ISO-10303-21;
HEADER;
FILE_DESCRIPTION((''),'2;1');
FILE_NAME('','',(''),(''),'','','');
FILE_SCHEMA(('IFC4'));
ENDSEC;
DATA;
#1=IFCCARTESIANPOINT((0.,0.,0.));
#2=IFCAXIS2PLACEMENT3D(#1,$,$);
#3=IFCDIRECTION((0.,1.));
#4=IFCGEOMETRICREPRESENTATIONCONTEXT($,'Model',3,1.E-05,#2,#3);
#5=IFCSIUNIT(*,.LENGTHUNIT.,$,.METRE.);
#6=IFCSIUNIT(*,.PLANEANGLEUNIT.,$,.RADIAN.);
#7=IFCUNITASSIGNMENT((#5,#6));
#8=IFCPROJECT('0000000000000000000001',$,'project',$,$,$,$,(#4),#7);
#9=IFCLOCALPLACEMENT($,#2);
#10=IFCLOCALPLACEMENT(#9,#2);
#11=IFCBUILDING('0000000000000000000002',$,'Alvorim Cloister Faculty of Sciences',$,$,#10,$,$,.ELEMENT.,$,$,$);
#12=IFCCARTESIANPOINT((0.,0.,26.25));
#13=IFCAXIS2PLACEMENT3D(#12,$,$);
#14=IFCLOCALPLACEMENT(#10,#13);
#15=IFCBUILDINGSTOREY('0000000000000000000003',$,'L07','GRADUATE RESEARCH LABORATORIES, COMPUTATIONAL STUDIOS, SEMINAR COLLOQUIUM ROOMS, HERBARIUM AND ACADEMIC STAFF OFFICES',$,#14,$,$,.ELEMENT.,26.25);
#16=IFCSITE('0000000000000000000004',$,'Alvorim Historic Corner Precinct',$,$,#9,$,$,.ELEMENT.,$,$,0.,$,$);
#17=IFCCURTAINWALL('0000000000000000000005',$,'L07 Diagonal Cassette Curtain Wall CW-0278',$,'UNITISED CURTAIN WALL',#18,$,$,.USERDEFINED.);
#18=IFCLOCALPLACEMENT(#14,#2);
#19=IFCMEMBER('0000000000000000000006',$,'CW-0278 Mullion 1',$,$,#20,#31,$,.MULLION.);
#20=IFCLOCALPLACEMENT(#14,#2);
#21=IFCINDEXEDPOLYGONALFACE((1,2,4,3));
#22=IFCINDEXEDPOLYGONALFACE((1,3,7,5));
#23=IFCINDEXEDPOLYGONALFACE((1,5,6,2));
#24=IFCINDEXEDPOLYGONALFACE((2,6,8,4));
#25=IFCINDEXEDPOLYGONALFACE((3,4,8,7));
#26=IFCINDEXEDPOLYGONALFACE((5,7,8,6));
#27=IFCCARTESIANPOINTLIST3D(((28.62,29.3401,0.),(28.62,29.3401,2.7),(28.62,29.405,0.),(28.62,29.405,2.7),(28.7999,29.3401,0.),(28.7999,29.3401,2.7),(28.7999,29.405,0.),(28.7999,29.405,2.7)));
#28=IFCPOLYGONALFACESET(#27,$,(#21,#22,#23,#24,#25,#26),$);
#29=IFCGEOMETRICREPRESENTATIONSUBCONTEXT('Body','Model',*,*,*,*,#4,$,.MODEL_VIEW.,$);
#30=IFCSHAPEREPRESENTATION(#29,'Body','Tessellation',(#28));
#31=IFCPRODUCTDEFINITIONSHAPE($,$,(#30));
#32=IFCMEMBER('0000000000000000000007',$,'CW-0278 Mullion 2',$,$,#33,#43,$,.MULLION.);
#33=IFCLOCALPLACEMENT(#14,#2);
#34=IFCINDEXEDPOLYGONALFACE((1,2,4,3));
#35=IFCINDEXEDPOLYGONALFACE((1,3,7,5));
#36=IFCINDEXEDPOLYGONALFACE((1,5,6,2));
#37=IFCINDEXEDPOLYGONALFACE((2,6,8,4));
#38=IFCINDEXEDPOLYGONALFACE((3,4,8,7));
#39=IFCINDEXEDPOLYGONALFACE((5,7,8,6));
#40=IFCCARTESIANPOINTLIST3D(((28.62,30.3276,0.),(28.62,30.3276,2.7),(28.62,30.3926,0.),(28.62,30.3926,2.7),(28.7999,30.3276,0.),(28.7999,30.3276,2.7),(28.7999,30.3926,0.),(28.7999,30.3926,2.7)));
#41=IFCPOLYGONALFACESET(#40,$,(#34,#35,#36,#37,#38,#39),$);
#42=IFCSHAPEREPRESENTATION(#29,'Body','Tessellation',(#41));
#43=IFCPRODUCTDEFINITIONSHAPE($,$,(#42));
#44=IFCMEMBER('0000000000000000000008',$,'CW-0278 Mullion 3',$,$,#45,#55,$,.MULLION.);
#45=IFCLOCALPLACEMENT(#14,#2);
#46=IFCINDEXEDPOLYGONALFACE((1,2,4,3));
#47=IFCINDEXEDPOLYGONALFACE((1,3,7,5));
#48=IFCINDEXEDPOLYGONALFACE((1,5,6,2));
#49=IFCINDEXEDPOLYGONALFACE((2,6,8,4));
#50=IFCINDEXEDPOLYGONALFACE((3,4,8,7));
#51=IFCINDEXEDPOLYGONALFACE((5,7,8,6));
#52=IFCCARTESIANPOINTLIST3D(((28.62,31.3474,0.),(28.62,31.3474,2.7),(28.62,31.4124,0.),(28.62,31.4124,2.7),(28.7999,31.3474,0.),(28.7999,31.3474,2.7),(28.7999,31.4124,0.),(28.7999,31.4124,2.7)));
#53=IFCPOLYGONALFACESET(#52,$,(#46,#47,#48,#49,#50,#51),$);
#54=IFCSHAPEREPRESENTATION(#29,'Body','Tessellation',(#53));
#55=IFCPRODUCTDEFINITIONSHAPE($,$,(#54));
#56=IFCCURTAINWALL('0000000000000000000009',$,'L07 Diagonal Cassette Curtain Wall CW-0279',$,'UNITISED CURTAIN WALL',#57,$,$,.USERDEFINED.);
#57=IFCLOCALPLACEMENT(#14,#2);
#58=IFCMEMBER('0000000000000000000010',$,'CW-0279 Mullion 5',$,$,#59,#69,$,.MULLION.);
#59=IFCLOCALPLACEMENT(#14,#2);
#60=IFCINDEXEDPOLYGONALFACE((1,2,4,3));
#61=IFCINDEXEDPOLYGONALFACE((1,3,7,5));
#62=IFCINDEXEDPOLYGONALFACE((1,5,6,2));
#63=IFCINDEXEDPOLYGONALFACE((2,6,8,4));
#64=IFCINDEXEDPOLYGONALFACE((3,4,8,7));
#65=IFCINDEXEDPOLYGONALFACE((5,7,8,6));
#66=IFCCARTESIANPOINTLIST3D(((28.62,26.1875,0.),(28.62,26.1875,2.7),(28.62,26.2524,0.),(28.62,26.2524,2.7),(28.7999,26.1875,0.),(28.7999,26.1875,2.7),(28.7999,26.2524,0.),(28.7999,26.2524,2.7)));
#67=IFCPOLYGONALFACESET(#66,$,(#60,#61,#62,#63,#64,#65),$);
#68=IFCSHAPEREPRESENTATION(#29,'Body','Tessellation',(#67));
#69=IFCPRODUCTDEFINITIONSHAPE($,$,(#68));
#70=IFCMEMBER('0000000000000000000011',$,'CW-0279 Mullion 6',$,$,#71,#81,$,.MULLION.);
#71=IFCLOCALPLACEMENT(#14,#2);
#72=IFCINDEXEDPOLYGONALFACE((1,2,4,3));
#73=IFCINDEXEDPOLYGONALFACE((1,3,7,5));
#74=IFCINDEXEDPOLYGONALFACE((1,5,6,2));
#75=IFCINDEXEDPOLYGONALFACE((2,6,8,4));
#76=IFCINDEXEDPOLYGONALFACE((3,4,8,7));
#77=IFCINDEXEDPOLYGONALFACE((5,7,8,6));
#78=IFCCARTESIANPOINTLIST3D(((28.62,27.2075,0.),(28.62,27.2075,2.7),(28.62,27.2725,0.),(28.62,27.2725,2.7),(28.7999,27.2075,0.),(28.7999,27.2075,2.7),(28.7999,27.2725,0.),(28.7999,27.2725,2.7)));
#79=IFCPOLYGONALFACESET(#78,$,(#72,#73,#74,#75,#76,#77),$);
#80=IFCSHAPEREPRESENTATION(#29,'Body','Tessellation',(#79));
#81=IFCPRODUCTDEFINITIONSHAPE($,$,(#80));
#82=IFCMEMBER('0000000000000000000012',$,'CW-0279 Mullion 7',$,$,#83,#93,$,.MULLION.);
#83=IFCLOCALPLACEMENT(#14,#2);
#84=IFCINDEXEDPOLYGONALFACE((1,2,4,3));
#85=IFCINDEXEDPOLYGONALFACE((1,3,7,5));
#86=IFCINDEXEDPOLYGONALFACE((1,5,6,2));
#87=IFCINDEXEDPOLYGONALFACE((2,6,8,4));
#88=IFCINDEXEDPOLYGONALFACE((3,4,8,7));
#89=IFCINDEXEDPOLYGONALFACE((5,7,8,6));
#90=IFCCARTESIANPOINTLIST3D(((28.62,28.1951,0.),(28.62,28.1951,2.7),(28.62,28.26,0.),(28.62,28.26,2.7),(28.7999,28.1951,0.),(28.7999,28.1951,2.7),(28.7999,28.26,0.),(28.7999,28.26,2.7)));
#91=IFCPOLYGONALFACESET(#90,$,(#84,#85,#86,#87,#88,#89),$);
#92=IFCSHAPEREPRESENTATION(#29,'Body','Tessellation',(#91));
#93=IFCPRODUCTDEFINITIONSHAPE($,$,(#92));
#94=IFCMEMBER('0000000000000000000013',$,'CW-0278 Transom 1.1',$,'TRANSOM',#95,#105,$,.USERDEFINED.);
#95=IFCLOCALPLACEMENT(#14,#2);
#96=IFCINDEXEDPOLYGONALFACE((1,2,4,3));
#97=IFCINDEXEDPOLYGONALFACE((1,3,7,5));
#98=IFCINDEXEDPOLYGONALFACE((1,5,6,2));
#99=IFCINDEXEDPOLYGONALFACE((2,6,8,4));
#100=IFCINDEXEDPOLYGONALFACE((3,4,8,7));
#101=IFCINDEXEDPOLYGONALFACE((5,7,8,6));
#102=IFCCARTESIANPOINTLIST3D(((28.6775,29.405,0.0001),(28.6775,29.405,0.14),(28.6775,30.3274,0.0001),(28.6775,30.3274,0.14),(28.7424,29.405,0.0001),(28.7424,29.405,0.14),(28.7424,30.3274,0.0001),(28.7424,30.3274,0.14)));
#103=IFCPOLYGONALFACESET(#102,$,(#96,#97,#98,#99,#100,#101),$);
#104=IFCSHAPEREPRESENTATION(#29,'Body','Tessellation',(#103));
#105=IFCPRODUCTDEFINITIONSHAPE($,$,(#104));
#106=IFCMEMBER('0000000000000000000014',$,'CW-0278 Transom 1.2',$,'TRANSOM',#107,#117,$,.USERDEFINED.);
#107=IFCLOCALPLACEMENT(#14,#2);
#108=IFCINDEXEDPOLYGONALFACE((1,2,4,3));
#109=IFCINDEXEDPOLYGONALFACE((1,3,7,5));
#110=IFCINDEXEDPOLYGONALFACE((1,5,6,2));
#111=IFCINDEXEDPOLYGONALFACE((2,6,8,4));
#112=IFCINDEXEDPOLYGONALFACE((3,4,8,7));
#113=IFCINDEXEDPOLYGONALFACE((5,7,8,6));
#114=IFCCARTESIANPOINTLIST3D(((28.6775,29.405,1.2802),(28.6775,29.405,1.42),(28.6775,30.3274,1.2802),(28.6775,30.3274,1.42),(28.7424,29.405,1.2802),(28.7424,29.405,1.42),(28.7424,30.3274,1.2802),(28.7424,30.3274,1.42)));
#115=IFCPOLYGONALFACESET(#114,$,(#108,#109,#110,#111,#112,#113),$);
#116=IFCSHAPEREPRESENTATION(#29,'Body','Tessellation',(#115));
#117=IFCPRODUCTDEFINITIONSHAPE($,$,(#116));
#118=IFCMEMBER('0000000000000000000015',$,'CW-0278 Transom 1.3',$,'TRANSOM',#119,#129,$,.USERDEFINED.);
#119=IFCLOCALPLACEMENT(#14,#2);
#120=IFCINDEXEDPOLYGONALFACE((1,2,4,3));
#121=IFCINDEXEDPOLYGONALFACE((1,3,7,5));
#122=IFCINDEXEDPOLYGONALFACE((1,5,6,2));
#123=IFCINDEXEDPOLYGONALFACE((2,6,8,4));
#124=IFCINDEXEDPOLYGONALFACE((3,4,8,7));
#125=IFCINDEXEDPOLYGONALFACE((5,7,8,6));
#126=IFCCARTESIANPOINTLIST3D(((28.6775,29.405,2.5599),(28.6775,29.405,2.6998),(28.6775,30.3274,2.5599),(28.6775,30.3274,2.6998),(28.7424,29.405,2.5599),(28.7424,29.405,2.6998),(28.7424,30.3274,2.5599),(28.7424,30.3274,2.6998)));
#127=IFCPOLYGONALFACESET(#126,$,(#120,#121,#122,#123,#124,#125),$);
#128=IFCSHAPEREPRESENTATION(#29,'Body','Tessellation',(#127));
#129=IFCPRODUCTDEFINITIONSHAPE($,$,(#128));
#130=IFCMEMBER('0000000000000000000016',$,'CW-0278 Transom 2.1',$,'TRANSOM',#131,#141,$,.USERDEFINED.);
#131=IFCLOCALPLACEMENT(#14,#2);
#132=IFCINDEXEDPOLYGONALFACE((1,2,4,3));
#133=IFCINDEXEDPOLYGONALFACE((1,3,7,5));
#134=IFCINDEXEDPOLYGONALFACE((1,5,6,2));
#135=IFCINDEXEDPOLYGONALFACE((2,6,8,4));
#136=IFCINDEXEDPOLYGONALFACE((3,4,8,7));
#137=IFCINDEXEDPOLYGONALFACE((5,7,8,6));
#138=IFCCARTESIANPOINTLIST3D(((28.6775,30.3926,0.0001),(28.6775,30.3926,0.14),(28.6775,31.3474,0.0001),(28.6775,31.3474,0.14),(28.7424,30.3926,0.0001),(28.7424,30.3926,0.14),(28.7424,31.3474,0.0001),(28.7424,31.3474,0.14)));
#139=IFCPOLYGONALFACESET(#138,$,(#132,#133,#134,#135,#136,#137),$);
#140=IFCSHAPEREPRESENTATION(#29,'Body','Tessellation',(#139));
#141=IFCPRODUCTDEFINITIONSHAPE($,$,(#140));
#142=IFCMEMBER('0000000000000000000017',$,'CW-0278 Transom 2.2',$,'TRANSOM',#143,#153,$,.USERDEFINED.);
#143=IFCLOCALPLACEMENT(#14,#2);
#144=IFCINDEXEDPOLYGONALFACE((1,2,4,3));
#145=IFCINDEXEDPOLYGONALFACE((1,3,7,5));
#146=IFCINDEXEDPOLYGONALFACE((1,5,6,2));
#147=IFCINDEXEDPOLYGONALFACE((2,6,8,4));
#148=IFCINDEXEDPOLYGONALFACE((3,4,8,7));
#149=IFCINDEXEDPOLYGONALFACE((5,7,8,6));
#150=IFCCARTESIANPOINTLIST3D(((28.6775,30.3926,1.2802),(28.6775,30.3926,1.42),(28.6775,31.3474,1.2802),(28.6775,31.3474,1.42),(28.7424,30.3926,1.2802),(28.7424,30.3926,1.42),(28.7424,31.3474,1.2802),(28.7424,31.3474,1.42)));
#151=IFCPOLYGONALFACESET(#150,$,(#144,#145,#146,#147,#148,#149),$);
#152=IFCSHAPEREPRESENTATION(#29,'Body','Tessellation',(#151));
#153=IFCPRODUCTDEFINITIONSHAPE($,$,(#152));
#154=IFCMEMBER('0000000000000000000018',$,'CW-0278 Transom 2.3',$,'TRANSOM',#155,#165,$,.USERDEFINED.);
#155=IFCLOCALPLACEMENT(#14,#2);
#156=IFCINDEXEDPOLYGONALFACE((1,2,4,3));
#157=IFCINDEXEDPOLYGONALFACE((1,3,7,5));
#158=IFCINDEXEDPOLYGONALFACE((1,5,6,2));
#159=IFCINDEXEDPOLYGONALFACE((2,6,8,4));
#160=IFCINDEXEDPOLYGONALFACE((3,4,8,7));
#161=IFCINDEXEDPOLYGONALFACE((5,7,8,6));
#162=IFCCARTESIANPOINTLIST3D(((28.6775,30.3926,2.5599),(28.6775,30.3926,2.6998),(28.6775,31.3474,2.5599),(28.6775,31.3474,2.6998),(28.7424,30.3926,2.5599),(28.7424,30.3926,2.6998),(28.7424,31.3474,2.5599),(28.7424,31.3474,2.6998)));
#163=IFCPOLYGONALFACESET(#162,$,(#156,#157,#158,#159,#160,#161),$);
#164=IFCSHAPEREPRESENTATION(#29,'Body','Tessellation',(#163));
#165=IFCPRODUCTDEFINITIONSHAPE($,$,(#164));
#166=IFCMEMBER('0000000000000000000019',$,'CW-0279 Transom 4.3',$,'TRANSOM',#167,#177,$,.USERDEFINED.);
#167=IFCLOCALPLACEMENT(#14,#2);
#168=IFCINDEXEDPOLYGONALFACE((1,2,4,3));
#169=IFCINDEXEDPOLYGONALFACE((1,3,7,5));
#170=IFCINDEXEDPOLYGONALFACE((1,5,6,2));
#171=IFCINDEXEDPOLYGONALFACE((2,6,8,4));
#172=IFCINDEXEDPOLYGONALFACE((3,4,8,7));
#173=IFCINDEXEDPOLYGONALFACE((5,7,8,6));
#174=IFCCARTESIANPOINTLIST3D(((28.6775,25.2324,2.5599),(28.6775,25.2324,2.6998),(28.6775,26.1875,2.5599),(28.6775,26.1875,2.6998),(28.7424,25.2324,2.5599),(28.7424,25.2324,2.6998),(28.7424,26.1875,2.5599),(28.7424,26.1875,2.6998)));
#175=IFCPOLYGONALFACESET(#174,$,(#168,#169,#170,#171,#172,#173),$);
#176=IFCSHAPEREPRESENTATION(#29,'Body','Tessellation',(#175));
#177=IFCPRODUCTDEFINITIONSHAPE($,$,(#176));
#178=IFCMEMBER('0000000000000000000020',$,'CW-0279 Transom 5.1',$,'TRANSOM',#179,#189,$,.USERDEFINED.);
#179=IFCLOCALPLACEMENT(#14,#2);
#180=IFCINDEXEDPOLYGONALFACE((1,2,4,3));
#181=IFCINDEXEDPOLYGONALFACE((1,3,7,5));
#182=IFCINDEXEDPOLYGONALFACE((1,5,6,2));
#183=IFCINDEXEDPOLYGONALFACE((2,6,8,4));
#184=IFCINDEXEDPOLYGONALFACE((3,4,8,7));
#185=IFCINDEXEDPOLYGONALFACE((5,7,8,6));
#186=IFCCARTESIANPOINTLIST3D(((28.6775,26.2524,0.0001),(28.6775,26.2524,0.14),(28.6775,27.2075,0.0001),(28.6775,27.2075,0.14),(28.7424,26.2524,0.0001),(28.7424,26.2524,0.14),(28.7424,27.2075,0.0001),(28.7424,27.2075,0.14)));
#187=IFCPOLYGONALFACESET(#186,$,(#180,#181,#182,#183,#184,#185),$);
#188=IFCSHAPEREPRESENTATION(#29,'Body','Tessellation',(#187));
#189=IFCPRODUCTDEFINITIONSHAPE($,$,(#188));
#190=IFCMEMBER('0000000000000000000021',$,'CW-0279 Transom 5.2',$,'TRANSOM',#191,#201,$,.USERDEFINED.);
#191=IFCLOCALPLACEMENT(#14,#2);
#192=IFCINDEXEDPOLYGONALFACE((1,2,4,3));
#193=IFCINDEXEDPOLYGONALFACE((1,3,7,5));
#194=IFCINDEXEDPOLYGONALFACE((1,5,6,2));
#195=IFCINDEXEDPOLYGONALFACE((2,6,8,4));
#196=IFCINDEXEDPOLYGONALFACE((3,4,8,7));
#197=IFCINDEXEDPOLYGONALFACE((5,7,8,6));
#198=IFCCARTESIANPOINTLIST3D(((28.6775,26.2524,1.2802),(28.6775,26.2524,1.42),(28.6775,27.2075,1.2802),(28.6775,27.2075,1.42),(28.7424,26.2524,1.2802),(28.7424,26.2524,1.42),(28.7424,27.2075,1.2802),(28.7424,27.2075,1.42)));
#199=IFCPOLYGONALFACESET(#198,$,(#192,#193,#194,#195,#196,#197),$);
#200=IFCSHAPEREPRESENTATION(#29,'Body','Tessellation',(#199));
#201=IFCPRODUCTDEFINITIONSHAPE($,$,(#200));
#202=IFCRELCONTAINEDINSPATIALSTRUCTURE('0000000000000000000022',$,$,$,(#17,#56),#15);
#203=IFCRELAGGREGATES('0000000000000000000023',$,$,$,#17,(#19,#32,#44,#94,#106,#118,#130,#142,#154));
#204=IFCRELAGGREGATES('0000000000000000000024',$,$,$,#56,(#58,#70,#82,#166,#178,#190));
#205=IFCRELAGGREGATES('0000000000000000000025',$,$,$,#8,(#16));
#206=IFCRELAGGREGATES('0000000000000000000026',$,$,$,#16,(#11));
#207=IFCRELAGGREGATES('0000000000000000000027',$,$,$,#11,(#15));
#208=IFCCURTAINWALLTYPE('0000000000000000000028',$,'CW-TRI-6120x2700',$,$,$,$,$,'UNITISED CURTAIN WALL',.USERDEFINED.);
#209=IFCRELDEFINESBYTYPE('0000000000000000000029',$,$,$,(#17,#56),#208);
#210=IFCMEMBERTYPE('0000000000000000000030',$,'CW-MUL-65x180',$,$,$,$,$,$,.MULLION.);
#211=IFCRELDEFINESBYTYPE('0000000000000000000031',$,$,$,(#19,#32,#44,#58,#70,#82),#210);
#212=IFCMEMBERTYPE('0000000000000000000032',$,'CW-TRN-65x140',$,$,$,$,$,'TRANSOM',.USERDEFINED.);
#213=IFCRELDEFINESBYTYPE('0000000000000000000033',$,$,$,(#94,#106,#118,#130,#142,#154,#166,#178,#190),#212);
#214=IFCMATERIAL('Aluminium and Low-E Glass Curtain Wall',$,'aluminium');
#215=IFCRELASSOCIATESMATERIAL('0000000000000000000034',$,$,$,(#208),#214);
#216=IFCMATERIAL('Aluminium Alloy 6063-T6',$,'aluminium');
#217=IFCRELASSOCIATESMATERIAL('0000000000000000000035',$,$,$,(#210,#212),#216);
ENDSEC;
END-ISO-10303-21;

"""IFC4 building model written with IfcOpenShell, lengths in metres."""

from ifc_helpers import new_model, si_unit, direction, frame, origin, origin_2d, place, context, subcontext, project, spatial, rectangle, extrude, material, material_profile, profile_set, type_object, element, aggregate, save


model = new_model("IFC4")

# Units and contexts
model_context = context("Model", 3, precision=1e-05, world=origin(), true_north=direction((0.0, 1.0)))
body_context = subcontext(model_context, "Body", "Model", "MODEL_VIEW")
ifc_project = project(units=[si_unit("LENGTHUNIT", "METRE"), si_unit("PLANEANGLEUNIT", "RADIAN")], contexts=[model_context])

# Site, building, storey
site_placement = place(None, origin())
site = spatial("IfcSite", under=ifc_project, at=site_placement, Name="Alvorim Historic Corner Precinct", CompositionType="ELEMENT", RefElevation=0.0)
building_placement = place(site_placement, origin())
building = spatial("IfcBuilding", under=site, at=building_placement, Name="Alvorim Cloister Faculty of Sciences", CompositionType="ELEMENT")
storey_placement = place(building_placement, frame((0.0, 0.0, 26.25)))
storey = spatial("IfcBuildingStorey", under=building, at=storey_placement, Name="L07", Description="GRADUATE RESEARCH LABORATORIES, COMPUTATIONAL STUDIOS, SEMINAR COLLOQUIUM ROOMS, HERBARIUM AND ACADEMIC STAFF OFFICES", CompositionType="ELEMENT", Elevation=26.25)

# Curtain walls, members
ifc_material_1 = material(Name="Aluminium and Low-E Glass Curtain Wall", Category="aluminium")
curtain_wall_type = type_object("IfcCurtainWallType", Name="CW-TRI-6120x2700", ElementType="UNITISED CURTAIN WALL", PredefinedType="USERDEFINED", material=ifc_material_1)
curtain_wall_1_placement = place(storey_placement, origin())
curtain_wall_1 = element("IfcCurtainWall", 1, at=curtain_wall_1_placement, inside=storey, type_object=curtain_wall_type, Name="L07 Diagonal Cassette Curtain Wall CW-0278", ObjectType="UNITISED CURTAIN WALL", PredefinedType="USERDEFINED")
ifc_material_2 = material(Name="Aluminium Alloy 6063-T6", Category="aluminium")
ifc_material_profile_1 = material_profile(ifc_material_2, rectangle(XDim=0.0649, YDim=0.1799, at=origin_2d()), Name="ALU-MUL-65x180")
ifc_profile_set_1 = profile_set([ifc_material_profile_1], Name="Aluminium Alloy 6063-T6")
member_type_1 = type_object("IfcMemberType", Name="CW-MUL-65x180", PredefinedType="MULLION", material=ifc_profile_set_1)
member_1_placement = place(storey_placement, frame((28.71, 29.3726, 0.0), z_axis=(0.0, 0.0, 1.0), x_axis=(0.0, 1.0, 0.0)))
member_1 = element("IfcMember", 2, at=member_1_placement, type_object=member_type_1, Name="CW-0278 Mullion 1", PredefinedType="MULLION", context=body_context, shape_type="SweptSolid", body=[
    extrude(rectangle(XDim=0.0649, YDim=0.1799, at=origin_2d()), origin(), (0.0, 0.0, 1.0), 2.7),
])
member_2_placement = place(storey_placement, frame((28.71, 30.3601, 0.0), z_axis=(0.0, 0.0, 1.0), x_axis=(0.0, 1.0, 0.0)))
member_2 = element("IfcMember", 3, at=member_2_placement, type_object=member_type_1, Name="CW-0278 Mullion 2", PredefinedType="MULLION", context=body_context, shape_type="SweptSolid", body=[
    extrude(rectangle(XDim=0.0649, YDim=0.1799, at=origin_2d()), origin(), (0.0, 0.0, 1.0), 2.7),
])
member_3_placement = place(storey_placement, frame((28.71, 31.3799, 0.0), z_axis=(0.0, 0.0, 1.0), x_axis=(0.0, 1.0, 0.0)))
member_3 = element("IfcMember", 4, at=member_3_placement, type_object=member_type_1, Name="CW-0278 Mullion 3", PredefinedType="MULLION", context=body_context, shape_type="SweptSolid", body=[
    extrude(rectangle(XDim=0.0649, YDim=0.1799, at=origin_2d()), origin(), (0.0, 0.0, 1.0), 2.7),
])
curtain_wall_2_placement = place(storey_placement, origin())
curtain_wall_2 = element("IfcCurtainWall", 5, at=curtain_wall_2_placement, inside=storey, type_object=curtain_wall_type, Name="L07 Diagonal Cassette Curtain Wall CW-0279", ObjectType="UNITISED CURTAIN WALL", PredefinedType="USERDEFINED")
member_4_placement = place(storey_placement, frame((28.71, 26.22, 0.0), z_axis=(0.0, 0.0, 1.0), x_axis=(0.0, 1.0, 0.0)))
member_4 = element("IfcMember", 6, at=member_4_placement, type_object=member_type_1, Name="CW-0279 Mullion 5", PredefinedType="MULLION", context=body_context, shape_type="SweptSolid", body=[
    extrude(rectangle(XDim=0.0649, YDim=0.1799, at=origin_2d()), origin(), (0.0, 0.0, 1.0), 2.7),
])
member_5_placement = place(storey_placement, frame((28.71, 27.24, 0.0), z_axis=(0.0, 0.0, 1.0), x_axis=(0.0, 1.0, 0.0)))
member_5 = element("IfcMember", 7, at=member_5_placement, type_object=member_type_1, Name="CW-0279 Mullion 6", PredefinedType="MULLION", context=body_context, shape_type="SweptSolid", body=[
    extrude(rectangle(XDim=0.0649, YDim=0.1799, at=origin_2d()), origin(), (0.0, 0.0, 1.0), 2.7),
])
member_6_placement = place(storey_placement, frame((28.71, 28.2275, 0.0), z_axis=(0.0, 0.0, 1.0), x_axis=(0.0, 1.0, 0.0)))
member_6 = element("IfcMember", 8, at=member_6_placement, type_object=member_type_1, Name="CW-0279 Mullion 7", PredefinedType="MULLION", context=body_context, shape_type="SweptSolid", body=[
    extrude(rectangle(XDim=0.0649, YDim=0.1799, at=origin_2d()), origin(), (0.0, 0.0, 1.0), 2.7),
])

# Members
ifc_material_profile_2 = material_profile(ifc_material_2, rectangle(XDim=0.0649, YDim=0.1399, at=origin_2d()), Name="ALU-TRN-65x140")
ifc_profile_set_2 = profile_set([ifc_material_profile_2], Name="Aluminium Alloy 6063-T6")
member_type_2 = type_object("IfcMemberType", Name="CW-TRN-65x140", ElementType="TRANSOM", PredefinedType="USERDEFINED", material=ifc_profile_set_2)
member_7_placement = place(storey_placement, frame((28.71, 29.405, 0.0701), z_axis=(0.0, 1.0, 0.0), x_axis=(-1.0, 0.0, 0.0)))
member_7 = element("IfcMember", 9, at=member_7_placement, type_object=member_type_2, Name="CW-0278 Transom 1.1", ObjectType="TRANSOM", PredefinedType="USERDEFINED", context=body_context, shape_type="SweptSolid", body=[
    extrude(rectangle(XDim=0.0649, YDim=0.1399, at=origin_2d()), origin(), (0.0, 0.0, 1.0), 0.9224),
])
member_8_placement = place(storey_placement, frame((28.71, 29.405, 1.3501), z_axis=(0.0, 1.0, 0.0), x_axis=(-1.0, 0.0, 0.0)))
member_8 = element("IfcMember", 10, at=member_8_placement, type_object=member_type_2, Name="CW-0278 Transom 1.2", ObjectType="TRANSOM", PredefinedType="USERDEFINED", context=body_context, shape_type="SweptSolid", body=[
    extrude(rectangle(XDim=0.0649, YDim=0.1399, at=origin_2d()), origin(), (0.0, 0.0, 1.0), 0.9224),
])
member_9_placement = place(storey_placement, frame((28.71, 29.405, 2.6299), z_axis=(0.0, 1.0, 0.0), x_axis=(-1.0, 0.0, 0.0)))
member_9 = element("IfcMember", 11, at=member_9_placement, type_object=member_type_2, Name="CW-0278 Transom 1.3", ObjectType="TRANSOM", PredefinedType="USERDEFINED", context=body_context, shape_type="SweptSolid", body=[
    extrude(rectangle(XDim=0.0649, YDim=0.1399, at=origin_2d()), origin(), (0.0, 0.0, 1.0), 0.9224),
])
member_10_placement = place(storey_placement, frame((28.71, 30.3926, 0.0701), z_axis=(0.0, 1.0, 0.0), x_axis=(-1.0, 0.0, 0.0)))
member_10 = element("IfcMember", 12, at=member_10_placement, type_object=member_type_2, Name="CW-0278 Transom 2.1", ObjectType="TRANSOM", PredefinedType="USERDEFINED", context=body_context, shape_type="SweptSolid", body=[
    extrude(rectangle(XDim=0.0649, YDim=0.1399, at=origin_2d()), origin(), (0.0, 0.0, 1.0), 0.9548),
])
member_11_placement = place(storey_placement, frame((28.71, 30.3926, 1.3501), z_axis=(0.0, 1.0, 0.0), x_axis=(-1.0, 0.0, 0.0)))
member_11 = element("IfcMember", 13, at=member_11_placement, type_object=member_type_2, Name="CW-0278 Transom 2.2", ObjectType="TRANSOM", PredefinedType="USERDEFINED", context=body_context, shape_type="SweptSolid", body=[
    extrude(rectangle(XDim=0.0649, YDim=0.1399, at=origin_2d()), origin(), (0.0, 0.0, 1.0), 0.9548),
])
member_12_placement = place(storey_placement, frame((28.71, 30.3926, 2.6299), z_axis=(0.0, 1.0, 0.0), x_axis=(-1.0, 0.0, 0.0)))
member_12 = element("IfcMember", 14, at=member_12_placement, type_object=member_type_2, Name="CW-0278 Transom 2.3", ObjectType="TRANSOM", PredefinedType="USERDEFINED", context=body_context, shape_type="SweptSolid", body=[
    extrude(rectangle(XDim=0.0649, YDim=0.1399, at=origin_2d()), origin(), (0.0, 0.0, 1.0), 0.9548),
])
aggregate(curtain_wall_1, [member_1, member_2, member_3, member_7, member_8, member_9, member_10, member_11, member_12])
member_13_placement = place(storey_placement, frame((28.71, 25.2324, 2.6299), z_axis=(0.0, 1.0, 0.0), x_axis=(-1.0, 0.0, 0.0)))
member_13 = element("IfcMember", 15, at=member_13_placement, type_object=member_type_2, Name="CW-0279 Transom 4.3", ObjectType="TRANSOM", PredefinedType="USERDEFINED", context=body_context, shape_type="SweptSolid", body=[
    extrude(rectangle(XDim=0.0649, YDim=0.1399, at=origin_2d()), origin(), (0.0, 0.0, 1.0), 0.9551),
])
member_14_placement = place(storey_placement, frame((28.71, 26.2524, 0.0701), z_axis=(0.0, 1.0, 0.0), x_axis=(-1.0, 0.0, 0.0)))
member_14 = element("IfcMember", 16, at=member_14_placement, type_object=member_type_2, Name="CW-0279 Transom 5.1", ObjectType="TRANSOM", PredefinedType="USERDEFINED", context=body_context, shape_type="SweptSolid", body=[
    extrude(rectangle(XDim=0.0649, YDim=0.1399, at=origin_2d()), origin(), (0.0, 0.0, 1.0), 0.9551),
])
member_15_placement = place(storey_placement, frame((28.71, 26.2524, 1.3501), z_axis=(0.0, 1.0, 0.0), x_axis=(-1.0, 0.0, 0.0)))
member_15 = element("IfcMember", 17, at=member_15_placement, type_object=member_type_2, Name="CW-0279 Transom 5.2", ObjectType="TRANSOM", PredefinedType="USERDEFINED", context=body_context, shape_type="SweptSolid", body=[
    extrude(rectangle(XDim=0.0649, YDim=0.1399, at=origin_2d()), origin(), (0.0, 0.0, 1.0), 0.9551),
])
aggregate(curtain_wall_2, [member_4, member_5, member_6, member_13, member_14, member_15])

save(model, "model.ifc")
